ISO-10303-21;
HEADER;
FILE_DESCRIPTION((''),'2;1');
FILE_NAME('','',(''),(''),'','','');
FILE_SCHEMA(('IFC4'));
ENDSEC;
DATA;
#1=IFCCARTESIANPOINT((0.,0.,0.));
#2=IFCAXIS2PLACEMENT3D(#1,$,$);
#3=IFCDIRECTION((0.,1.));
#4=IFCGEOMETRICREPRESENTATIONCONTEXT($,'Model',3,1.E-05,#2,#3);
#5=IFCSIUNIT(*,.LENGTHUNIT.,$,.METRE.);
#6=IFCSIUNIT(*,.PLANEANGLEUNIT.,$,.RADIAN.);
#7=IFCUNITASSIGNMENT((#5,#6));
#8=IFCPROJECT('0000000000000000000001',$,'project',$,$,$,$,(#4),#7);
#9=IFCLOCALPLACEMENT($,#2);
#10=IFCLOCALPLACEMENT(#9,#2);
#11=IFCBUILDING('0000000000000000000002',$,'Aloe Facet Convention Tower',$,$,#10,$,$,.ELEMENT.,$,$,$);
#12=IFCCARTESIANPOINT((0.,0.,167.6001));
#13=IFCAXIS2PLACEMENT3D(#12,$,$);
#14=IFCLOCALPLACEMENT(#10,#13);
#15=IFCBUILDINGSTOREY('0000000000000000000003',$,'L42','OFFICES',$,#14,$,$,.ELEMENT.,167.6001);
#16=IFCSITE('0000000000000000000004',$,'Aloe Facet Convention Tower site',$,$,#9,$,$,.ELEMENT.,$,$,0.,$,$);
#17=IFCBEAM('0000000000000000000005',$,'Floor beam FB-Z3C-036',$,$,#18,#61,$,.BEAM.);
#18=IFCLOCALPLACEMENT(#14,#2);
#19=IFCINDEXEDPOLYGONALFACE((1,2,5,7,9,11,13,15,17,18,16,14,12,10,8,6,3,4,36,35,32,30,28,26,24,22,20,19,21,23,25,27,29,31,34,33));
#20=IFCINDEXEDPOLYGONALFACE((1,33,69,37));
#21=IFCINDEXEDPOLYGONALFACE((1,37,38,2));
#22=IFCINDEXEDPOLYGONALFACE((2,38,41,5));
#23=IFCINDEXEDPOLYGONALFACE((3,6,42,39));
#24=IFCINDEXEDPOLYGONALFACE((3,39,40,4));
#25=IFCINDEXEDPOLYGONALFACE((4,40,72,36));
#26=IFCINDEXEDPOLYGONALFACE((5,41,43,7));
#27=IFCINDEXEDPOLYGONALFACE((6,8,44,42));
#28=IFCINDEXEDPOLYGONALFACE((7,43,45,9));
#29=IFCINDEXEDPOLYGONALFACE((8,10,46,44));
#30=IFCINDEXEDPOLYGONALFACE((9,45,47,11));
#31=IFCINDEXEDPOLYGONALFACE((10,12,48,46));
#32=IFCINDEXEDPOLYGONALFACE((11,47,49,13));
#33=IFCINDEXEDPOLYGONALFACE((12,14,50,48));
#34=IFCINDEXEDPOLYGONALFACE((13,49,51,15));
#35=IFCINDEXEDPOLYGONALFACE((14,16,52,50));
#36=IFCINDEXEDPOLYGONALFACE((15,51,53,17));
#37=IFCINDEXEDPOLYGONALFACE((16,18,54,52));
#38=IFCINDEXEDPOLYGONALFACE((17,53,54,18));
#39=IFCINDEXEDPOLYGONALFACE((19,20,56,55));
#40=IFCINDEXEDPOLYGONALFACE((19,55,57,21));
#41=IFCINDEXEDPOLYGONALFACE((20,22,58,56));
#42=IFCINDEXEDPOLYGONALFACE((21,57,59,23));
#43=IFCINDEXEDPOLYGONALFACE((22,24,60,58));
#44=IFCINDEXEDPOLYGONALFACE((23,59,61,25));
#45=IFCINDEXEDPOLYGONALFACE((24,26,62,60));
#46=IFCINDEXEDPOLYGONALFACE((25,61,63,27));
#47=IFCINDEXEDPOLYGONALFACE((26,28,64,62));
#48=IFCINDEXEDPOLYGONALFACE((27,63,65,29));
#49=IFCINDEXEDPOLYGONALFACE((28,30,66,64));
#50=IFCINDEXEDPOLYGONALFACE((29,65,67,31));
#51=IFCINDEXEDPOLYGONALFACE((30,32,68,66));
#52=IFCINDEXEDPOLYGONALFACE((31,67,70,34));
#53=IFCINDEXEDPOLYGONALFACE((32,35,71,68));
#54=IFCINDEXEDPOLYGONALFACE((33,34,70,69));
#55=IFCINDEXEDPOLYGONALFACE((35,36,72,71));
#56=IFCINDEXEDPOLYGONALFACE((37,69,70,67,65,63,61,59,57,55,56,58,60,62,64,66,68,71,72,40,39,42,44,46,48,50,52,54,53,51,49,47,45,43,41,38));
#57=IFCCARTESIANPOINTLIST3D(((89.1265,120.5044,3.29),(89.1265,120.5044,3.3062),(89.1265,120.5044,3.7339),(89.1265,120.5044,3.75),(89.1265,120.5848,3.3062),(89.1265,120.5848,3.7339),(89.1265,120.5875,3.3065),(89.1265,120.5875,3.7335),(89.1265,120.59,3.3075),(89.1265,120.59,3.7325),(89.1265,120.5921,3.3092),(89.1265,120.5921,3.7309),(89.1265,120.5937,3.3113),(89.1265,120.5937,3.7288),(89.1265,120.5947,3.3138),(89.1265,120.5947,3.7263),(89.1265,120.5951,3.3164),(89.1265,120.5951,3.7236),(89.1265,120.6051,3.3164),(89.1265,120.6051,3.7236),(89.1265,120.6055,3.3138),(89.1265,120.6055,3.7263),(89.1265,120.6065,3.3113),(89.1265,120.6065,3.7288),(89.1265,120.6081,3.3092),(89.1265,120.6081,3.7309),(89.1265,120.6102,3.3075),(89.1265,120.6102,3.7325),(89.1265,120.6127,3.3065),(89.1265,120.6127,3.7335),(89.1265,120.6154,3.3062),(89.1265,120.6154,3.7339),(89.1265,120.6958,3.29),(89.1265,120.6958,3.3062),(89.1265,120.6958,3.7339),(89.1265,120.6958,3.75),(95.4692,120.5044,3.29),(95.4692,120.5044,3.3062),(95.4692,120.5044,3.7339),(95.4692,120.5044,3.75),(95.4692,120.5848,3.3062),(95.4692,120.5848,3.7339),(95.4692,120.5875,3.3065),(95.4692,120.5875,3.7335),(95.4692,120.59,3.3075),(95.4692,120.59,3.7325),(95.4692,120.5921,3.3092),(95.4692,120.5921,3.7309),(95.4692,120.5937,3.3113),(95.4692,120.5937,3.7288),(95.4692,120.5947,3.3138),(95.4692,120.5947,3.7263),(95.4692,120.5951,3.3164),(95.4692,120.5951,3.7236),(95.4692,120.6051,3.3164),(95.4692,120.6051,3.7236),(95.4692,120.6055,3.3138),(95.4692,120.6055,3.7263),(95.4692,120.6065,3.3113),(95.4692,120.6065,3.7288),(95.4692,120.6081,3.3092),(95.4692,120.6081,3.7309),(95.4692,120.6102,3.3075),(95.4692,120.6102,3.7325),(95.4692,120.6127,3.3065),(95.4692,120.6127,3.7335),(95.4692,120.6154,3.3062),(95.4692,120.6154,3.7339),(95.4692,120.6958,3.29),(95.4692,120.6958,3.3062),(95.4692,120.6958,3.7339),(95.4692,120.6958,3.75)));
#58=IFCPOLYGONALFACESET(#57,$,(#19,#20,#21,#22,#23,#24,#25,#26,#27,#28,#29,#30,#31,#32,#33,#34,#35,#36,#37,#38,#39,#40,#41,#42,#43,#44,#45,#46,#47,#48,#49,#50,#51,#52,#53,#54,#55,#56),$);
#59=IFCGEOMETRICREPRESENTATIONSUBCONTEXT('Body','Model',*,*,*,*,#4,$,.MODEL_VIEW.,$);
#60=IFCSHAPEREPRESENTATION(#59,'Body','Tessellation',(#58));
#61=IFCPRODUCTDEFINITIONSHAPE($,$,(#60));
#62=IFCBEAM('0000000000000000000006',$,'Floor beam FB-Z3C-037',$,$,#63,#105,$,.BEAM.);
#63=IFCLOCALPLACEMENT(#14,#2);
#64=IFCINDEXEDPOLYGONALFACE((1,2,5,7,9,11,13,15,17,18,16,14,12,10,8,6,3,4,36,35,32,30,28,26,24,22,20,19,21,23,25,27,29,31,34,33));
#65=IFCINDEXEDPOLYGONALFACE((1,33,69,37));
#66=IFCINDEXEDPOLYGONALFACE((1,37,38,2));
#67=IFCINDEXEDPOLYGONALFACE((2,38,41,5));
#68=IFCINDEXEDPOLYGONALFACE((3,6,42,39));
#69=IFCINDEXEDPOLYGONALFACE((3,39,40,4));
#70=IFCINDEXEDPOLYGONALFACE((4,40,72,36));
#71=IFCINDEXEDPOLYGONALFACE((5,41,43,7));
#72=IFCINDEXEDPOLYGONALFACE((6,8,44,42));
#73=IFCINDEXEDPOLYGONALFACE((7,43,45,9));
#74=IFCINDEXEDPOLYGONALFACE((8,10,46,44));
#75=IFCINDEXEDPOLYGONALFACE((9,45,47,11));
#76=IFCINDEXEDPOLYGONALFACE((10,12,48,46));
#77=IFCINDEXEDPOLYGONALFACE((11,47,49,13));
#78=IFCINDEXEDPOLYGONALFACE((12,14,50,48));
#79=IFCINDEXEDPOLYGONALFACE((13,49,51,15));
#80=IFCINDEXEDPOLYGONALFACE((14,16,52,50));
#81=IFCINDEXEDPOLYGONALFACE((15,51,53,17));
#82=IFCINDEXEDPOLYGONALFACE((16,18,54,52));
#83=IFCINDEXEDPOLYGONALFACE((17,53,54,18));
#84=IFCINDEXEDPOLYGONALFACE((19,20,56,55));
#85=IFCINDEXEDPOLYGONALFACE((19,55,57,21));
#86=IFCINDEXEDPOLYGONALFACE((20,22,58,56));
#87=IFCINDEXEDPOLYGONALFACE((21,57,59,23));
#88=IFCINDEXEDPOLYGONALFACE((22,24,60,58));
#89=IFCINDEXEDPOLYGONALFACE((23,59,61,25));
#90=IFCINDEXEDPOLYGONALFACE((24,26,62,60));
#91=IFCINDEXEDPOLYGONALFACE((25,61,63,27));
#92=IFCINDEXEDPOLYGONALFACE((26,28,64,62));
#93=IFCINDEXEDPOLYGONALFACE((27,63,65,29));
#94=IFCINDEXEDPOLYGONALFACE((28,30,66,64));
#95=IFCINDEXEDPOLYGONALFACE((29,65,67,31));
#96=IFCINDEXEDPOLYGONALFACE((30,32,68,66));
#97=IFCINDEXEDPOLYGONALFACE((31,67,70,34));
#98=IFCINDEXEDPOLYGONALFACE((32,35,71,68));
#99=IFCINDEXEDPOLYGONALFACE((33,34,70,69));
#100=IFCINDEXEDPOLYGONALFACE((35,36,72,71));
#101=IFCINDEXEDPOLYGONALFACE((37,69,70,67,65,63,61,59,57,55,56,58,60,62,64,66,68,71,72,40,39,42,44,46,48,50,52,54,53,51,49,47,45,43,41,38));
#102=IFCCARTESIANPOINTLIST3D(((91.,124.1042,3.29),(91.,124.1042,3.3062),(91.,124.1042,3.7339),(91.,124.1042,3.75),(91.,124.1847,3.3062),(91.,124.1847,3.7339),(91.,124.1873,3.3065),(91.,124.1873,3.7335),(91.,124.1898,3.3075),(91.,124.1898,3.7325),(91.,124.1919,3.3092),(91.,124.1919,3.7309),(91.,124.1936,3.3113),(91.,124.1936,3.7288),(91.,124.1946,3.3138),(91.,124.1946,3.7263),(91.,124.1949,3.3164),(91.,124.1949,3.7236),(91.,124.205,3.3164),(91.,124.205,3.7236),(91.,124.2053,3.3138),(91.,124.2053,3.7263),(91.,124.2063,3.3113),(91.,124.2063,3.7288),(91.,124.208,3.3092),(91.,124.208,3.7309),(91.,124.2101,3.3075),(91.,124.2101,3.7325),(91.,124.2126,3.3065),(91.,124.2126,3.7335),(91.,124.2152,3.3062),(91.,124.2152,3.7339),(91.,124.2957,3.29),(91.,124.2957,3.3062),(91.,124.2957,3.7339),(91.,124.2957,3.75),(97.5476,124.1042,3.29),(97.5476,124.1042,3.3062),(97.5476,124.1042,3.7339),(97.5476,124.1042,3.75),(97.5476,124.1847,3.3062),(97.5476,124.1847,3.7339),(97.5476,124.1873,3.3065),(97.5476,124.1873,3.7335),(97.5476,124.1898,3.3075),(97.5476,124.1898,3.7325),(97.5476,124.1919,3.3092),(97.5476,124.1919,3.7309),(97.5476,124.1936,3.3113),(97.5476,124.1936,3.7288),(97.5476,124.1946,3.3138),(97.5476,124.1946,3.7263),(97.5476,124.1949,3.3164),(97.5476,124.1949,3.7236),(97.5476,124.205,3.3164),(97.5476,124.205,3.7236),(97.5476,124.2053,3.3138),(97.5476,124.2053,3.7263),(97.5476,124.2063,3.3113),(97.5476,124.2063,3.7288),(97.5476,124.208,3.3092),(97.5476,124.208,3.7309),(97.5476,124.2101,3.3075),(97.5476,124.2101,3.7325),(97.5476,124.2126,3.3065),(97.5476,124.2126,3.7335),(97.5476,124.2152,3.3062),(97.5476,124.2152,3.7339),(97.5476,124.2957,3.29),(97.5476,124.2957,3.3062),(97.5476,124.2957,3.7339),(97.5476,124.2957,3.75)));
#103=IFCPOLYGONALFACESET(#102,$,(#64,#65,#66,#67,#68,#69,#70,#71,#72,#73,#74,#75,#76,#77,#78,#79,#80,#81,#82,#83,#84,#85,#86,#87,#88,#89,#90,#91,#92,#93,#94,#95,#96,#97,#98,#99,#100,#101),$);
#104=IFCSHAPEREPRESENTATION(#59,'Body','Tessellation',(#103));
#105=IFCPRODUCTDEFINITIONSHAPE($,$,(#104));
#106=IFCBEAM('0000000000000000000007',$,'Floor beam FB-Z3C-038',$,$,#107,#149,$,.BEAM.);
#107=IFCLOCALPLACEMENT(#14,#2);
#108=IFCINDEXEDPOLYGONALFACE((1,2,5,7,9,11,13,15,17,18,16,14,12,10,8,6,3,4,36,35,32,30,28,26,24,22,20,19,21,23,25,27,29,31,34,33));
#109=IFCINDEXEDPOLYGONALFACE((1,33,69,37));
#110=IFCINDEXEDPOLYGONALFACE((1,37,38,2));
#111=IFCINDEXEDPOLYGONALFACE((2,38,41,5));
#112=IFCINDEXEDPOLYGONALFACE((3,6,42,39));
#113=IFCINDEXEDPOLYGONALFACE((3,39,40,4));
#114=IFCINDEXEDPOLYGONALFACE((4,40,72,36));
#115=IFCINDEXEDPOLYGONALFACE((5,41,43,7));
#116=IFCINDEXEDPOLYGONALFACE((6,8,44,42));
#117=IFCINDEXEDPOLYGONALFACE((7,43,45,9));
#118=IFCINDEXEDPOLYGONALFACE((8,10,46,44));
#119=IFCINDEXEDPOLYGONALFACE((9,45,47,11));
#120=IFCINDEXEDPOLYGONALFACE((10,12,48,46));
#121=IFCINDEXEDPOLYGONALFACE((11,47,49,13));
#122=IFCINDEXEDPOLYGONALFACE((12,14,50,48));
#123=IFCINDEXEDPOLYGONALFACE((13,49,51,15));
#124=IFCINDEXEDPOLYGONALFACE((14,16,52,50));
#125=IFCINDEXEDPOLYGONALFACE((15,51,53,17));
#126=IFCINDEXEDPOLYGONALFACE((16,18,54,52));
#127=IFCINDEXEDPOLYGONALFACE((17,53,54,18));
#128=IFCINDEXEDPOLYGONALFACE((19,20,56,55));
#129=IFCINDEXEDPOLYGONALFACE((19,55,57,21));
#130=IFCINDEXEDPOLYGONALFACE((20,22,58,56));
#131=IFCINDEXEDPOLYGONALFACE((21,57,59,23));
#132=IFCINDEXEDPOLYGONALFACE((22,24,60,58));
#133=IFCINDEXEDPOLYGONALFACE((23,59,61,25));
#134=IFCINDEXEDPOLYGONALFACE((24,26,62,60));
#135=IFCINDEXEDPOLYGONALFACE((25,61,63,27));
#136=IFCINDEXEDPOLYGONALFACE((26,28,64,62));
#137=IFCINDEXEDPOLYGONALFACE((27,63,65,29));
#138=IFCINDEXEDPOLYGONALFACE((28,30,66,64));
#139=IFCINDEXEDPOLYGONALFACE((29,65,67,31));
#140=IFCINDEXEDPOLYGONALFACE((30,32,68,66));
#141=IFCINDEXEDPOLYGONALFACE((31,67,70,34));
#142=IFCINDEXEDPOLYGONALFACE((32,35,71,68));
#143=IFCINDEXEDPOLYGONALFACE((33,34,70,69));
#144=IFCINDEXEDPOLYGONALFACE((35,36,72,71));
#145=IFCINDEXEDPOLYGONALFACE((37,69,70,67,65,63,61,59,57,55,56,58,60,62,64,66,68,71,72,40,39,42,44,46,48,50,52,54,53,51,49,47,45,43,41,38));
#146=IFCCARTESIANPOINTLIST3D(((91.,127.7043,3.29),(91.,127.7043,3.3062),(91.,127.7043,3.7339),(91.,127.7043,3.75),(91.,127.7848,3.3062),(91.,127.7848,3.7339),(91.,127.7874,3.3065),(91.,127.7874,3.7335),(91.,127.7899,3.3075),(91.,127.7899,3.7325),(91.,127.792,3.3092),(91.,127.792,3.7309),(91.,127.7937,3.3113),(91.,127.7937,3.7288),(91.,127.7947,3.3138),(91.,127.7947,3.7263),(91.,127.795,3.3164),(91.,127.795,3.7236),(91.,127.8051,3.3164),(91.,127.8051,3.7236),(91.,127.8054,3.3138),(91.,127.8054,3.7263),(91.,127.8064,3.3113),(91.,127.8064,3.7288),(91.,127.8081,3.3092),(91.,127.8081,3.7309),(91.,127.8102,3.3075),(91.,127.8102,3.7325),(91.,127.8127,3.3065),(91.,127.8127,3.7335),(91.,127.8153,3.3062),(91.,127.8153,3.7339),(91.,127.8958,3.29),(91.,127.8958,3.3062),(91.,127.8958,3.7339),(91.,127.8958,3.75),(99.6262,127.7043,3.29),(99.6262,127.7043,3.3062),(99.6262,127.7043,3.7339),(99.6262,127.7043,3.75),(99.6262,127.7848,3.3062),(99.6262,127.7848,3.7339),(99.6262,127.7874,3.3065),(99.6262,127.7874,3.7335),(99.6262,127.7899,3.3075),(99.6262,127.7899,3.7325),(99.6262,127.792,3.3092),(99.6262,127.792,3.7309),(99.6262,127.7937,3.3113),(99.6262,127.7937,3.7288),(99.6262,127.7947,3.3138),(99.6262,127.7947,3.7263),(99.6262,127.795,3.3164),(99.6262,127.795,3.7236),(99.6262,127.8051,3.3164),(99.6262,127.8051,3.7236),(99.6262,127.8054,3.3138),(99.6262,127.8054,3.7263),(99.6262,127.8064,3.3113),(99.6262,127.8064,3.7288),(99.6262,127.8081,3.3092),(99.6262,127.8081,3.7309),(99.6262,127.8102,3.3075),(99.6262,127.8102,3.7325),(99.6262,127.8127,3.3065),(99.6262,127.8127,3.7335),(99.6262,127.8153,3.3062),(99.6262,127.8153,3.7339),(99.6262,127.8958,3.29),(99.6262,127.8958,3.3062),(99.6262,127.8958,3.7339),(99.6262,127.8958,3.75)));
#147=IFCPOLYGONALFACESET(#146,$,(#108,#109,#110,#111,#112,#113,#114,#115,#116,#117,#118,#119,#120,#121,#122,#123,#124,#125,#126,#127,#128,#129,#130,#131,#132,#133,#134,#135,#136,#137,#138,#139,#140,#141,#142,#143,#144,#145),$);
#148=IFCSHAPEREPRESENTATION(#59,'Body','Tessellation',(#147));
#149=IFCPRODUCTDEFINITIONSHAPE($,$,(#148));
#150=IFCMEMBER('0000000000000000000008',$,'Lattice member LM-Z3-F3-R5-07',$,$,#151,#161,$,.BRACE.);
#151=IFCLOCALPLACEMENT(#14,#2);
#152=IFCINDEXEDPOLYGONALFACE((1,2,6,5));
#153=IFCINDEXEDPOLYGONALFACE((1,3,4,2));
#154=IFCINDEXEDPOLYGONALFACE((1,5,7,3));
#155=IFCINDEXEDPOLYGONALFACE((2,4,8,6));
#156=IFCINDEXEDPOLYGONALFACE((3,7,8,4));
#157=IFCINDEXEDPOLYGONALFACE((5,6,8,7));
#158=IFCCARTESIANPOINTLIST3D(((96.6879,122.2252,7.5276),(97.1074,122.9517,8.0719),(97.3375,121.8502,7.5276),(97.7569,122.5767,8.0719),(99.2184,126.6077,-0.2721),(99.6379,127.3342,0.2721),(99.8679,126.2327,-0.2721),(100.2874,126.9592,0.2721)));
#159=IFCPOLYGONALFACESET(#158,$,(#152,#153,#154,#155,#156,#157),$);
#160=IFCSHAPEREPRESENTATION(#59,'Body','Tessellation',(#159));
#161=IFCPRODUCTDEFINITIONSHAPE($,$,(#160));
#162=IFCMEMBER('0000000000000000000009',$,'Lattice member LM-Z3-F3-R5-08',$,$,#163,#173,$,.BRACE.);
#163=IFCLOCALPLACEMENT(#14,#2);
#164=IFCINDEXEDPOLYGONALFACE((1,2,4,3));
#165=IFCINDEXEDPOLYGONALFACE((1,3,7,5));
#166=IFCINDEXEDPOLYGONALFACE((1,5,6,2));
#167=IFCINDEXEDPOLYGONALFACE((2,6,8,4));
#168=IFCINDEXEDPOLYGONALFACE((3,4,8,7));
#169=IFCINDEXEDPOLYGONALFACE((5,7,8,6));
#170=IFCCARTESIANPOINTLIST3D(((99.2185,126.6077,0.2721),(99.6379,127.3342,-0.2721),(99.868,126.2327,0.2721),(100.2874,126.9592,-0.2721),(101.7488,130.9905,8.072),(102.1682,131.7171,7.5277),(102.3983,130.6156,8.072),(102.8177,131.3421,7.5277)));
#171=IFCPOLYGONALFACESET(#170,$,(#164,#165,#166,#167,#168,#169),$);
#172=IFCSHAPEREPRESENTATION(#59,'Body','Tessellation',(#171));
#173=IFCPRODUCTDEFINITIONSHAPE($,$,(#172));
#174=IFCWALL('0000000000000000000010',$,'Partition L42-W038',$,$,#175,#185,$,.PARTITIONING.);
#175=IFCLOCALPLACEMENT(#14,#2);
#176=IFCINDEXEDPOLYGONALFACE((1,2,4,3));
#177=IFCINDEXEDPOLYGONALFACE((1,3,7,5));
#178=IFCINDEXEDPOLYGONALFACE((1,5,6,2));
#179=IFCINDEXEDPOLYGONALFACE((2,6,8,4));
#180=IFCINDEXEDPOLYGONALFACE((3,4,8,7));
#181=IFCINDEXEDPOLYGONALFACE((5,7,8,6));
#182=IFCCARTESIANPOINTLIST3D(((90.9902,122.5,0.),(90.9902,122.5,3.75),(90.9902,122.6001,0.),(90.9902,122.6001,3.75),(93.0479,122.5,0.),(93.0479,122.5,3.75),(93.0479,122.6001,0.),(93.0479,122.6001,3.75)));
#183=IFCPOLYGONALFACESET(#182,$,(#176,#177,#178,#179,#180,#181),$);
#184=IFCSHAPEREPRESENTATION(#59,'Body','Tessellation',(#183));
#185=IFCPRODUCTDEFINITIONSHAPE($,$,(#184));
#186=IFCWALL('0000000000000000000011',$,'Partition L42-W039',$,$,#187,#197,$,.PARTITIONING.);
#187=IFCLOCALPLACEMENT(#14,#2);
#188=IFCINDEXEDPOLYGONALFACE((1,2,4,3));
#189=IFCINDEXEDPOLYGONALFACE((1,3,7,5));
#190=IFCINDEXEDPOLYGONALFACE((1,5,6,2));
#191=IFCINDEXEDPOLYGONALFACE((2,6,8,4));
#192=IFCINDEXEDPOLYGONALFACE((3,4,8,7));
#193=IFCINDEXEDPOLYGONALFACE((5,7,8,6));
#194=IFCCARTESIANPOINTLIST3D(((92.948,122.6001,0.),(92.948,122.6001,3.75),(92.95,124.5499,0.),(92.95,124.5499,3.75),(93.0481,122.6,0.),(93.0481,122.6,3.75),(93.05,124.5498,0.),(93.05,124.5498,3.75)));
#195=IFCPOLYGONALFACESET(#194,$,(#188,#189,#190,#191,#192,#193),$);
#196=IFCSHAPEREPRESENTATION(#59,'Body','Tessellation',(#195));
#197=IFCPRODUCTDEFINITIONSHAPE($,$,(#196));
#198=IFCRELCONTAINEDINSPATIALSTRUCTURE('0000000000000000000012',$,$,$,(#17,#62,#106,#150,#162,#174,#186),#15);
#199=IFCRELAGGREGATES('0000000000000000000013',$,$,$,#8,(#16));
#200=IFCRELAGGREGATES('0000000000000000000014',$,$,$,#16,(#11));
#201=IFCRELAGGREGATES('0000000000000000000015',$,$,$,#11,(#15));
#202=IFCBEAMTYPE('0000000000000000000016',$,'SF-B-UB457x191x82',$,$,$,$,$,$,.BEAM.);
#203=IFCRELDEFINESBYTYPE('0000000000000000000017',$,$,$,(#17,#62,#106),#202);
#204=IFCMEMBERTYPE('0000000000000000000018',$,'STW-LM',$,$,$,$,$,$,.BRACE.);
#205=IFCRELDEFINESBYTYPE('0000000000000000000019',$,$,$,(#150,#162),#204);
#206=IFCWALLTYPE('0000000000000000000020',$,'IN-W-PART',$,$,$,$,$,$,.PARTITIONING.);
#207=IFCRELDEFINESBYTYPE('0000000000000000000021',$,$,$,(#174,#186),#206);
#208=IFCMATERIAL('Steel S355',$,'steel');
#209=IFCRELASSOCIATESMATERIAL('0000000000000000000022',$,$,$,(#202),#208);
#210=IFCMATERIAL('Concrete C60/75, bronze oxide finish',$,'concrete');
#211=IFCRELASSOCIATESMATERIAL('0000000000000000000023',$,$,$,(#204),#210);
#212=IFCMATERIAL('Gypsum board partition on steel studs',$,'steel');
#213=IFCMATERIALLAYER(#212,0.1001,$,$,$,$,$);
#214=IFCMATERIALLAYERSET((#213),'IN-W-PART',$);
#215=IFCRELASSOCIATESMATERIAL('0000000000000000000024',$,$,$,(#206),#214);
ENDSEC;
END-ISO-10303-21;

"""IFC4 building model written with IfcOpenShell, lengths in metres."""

from ifc_helpers import new_model, si_unit, direction, frame, frame_2d, origin, origin_2d, place, context, subcontext, project, spatial, rectangle, i_section, extrude, material, layer, layer_set, material_profile, profile_set, type_object, element, save


model = new_model("IFC4")

# Units and contexts
model_context = context("Model", 3, precision=1e-05, world=origin(), true_north=direction((0.0, 1.0)))
body_context = subcontext(model_context, "Body", "Model", "MODEL_VIEW")
ifc_project = project(units=[si_unit("LENGTHUNIT", "METRE"), si_unit("PLANEANGLEUNIT", "RADIAN")], contexts=[model_context])

# Site, building, storey
site_placement = place(None, origin())
site = spatial("IfcSite", under=ifc_project, at=site_placement, Name="Aloe Facet Convention Tower site", CompositionType="ELEMENT", RefElevation=0.0)
building_placement = place(site_placement, origin())
building = spatial("IfcBuilding", under=site, at=building_placement, Name="Aloe Facet Convention Tower", CompositionType="ELEMENT")
storey_placement = place(building_placement, frame((0.0, 0.0, 167.6001)))
storey = spatial("IfcBuildingStorey", under=building, at=storey_placement, Name="L42", Description="OFFICES", CompositionType="ELEMENT", Elevation=167.6001)

# Beams
ifc_material_1 = material(Name="Steel S355", Category="steel")
ifc_material_profile_1 = material_profile(ifc_material_1, i_section(OverallWidth=0.1914, OverallDepth=0.46, WebThickness=0.01, FlangeThickness=0.0161, FilletRadius=0.0103, at=origin_2d()), Name="UB 457x191x82")
ifc_profile_set_1 = profile_set([ifc_material_profile_1], Name="Steel S355")
beam_type = type_object("IfcBeamType", Name="SF-B-UB457x191x82", PredefinedType="BEAM", material=ifc_profile_set_1)
beam_1_placement = place(storey_placement, frame((89.1265, 120.6001, 3.52), z_axis=(1.0, 0.0, 0.0), x_axis=(0.0, 1.0, 0.0)))
element("IfcBeam", 1, at=beam_1_placement, inside=storey, type_object=beam_type, Name="Floor beam FB-Z3C-036", PredefinedType="BEAM", context=body_context, shape_type="SweptSolid", body=[
    extrude(i_section(OverallWidth=0.1914, OverallDepth=0.46, WebThickness=0.01, FlangeThickness=0.0161, FilletRadius=0.0103, at=origin_2d()), origin(), (0.0, 0.0, 1.0), 6.3428),
])
beam_2_placement = place(storey_placement, frame((91.0, 124.2, 3.52), z_axis=(1.0, 0.0, 0.0), x_axis=(0.0, 1.0, 0.0)))
element("IfcBeam", 2, at=beam_2_placement, inside=storey, type_object=beam_type, Name="Floor beam FB-Z3C-037", PredefinedType="BEAM", context=body_context, shape_type="SweptSolid", body=[
    extrude(i_section(OverallWidth=0.1914, OverallDepth=0.46, WebThickness=0.01, FlangeThickness=0.0161, FilletRadius=0.0103, at=origin_2d()), origin(), (0.0, 0.0, 1.0), 6.5476),
])
beam_3_placement = place(storey_placement, frame((91.0, 127.8, 3.52), z_axis=(1.0, 0.0, 0.0), x_axis=(0.0, 1.0, 0.0)))
element("IfcBeam", 3, at=beam_3_placement, inside=storey, type_object=beam_type, Name="Floor beam FB-Z3C-038", PredefinedType="BEAM", context=body_context, shape_type="SweptSolid", body=[
    extrude(i_section(OverallWidth=0.1914, OverallDepth=0.46, WebThickness=0.01, FlangeThickness=0.0161, FilletRadius=0.0103, at=origin_2d()), origin(), (0.0, 0.0, 1.0), 8.6262),
])

# Members
ifc_material_2 = material(Name="Concrete C60/75, bronze oxide finish", Category="concrete")
ifc_material_profile_2 = material_profile(ifc_material_2, rectangle(XDim=0.75, YDim=1.0, at=origin_2d()), Name="STW-LM")
ifc_profile_set_2 = profile_set([ifc_material_profile_2], Name="Concrete C60/75, bronze oxide finish")
member_type = type_object("IfcMemberType", Name="STW-LM", PredefinedType="BRACE", material=ifc_profile_set_2)
member_1_placement = place(storey_placement, frame((99.7529, 126.7834, 0.0), z_axis=(-0.272166, -0.47136, 0.838895), x_axis=(0.866005, -0.500036, 0.0)))
element("IfcMember", 4, at=member_1_placement, inside=storey, type_object=member_type, Name="Lattice member LM-Z3-F3-R5-07", PredefinedType="BRACE", context=body_context, shape_type="SweptSolid", body=[
    extrude(rectangle(XDim=0.75, YDim=1.0, at=origin_2d()), origin(), (0.0, 0.0, 1.0), 9.2976),
])
member_2_placement = place(storey_placement, frame((99.7529, 126.7834, 0.0), z_axis=(0.272138, 0.471384, 0.838891), x_axis=(-0.866038, 0.499979, 0.0)))
element("IfcMember", 5, at=member_2_placement, inside=storey, type_object=member_type, Name="Lattice member LM-Z3-F3-R5-08", PredefinedType="BRACE", context=body_context, shape_type="SweptSolid", body=[
    extrude(rectangle(XDim=0.75, YDim=1.0, at=origin_2d()), origin(), (0.0, 0.0, 1.0), 9.2979),
])

# Walls
ifc_material_3 = material(Name="Gypsum board partition on steel studs", Category="steel")
ifc_layer = layer(ifc_material_3, 0.1001)
ifc_layer_set = layer_set([ifc_layer], Name="IN-W-PART")
wall_type = type_object("IfcWallType", Name="IN-W-PART", PredefinedType="PARTITIONING", material=ifc_layer_set)
wall_1_placement = place(storey_placement, frame((90.9902, 122.55, 0.0), z_axis=(0.0, 0.0, 1.0), x_axis=(1.0, 0.0, 0.0)))
element("IfcWall", 6, at=wall_1_placement, inside=storey, type_object=wall_type, Name="Partition L42-W038", PredefinedType="PARTITIONING", context=body_context, shape_type="SweptSolid", body=[
    extrude(rectangle(XDim=2.0576, YDim=0.1001, at=frame_2d((1.0288, 0.0))), origin(), (0.0, 0.0, 1.0), 3.75),
])
wall_2_placement = place(storey_placement, frame((92.998, 122.6001, 0.0), z_axis=(0.0, 0.0, 1.0), x_axis=(0.001002, 0.999999, 0.0)))
element("IfcWall", 7, at=wall_2_placement, inside=storey, type_object=wall_type, Name="Partition L42-W039", PredefinedType="PARTITIONING", context=body_context, shape_type="SweptSolid", body=[
    extrude(rectangle(XDim=1.9497, YDim=0.1001, at=frame_2d((0.9749, 0.0))), origin(), (0.0, 0.0, 1.0), 3.75),
])

save(model, "model.ifc")
